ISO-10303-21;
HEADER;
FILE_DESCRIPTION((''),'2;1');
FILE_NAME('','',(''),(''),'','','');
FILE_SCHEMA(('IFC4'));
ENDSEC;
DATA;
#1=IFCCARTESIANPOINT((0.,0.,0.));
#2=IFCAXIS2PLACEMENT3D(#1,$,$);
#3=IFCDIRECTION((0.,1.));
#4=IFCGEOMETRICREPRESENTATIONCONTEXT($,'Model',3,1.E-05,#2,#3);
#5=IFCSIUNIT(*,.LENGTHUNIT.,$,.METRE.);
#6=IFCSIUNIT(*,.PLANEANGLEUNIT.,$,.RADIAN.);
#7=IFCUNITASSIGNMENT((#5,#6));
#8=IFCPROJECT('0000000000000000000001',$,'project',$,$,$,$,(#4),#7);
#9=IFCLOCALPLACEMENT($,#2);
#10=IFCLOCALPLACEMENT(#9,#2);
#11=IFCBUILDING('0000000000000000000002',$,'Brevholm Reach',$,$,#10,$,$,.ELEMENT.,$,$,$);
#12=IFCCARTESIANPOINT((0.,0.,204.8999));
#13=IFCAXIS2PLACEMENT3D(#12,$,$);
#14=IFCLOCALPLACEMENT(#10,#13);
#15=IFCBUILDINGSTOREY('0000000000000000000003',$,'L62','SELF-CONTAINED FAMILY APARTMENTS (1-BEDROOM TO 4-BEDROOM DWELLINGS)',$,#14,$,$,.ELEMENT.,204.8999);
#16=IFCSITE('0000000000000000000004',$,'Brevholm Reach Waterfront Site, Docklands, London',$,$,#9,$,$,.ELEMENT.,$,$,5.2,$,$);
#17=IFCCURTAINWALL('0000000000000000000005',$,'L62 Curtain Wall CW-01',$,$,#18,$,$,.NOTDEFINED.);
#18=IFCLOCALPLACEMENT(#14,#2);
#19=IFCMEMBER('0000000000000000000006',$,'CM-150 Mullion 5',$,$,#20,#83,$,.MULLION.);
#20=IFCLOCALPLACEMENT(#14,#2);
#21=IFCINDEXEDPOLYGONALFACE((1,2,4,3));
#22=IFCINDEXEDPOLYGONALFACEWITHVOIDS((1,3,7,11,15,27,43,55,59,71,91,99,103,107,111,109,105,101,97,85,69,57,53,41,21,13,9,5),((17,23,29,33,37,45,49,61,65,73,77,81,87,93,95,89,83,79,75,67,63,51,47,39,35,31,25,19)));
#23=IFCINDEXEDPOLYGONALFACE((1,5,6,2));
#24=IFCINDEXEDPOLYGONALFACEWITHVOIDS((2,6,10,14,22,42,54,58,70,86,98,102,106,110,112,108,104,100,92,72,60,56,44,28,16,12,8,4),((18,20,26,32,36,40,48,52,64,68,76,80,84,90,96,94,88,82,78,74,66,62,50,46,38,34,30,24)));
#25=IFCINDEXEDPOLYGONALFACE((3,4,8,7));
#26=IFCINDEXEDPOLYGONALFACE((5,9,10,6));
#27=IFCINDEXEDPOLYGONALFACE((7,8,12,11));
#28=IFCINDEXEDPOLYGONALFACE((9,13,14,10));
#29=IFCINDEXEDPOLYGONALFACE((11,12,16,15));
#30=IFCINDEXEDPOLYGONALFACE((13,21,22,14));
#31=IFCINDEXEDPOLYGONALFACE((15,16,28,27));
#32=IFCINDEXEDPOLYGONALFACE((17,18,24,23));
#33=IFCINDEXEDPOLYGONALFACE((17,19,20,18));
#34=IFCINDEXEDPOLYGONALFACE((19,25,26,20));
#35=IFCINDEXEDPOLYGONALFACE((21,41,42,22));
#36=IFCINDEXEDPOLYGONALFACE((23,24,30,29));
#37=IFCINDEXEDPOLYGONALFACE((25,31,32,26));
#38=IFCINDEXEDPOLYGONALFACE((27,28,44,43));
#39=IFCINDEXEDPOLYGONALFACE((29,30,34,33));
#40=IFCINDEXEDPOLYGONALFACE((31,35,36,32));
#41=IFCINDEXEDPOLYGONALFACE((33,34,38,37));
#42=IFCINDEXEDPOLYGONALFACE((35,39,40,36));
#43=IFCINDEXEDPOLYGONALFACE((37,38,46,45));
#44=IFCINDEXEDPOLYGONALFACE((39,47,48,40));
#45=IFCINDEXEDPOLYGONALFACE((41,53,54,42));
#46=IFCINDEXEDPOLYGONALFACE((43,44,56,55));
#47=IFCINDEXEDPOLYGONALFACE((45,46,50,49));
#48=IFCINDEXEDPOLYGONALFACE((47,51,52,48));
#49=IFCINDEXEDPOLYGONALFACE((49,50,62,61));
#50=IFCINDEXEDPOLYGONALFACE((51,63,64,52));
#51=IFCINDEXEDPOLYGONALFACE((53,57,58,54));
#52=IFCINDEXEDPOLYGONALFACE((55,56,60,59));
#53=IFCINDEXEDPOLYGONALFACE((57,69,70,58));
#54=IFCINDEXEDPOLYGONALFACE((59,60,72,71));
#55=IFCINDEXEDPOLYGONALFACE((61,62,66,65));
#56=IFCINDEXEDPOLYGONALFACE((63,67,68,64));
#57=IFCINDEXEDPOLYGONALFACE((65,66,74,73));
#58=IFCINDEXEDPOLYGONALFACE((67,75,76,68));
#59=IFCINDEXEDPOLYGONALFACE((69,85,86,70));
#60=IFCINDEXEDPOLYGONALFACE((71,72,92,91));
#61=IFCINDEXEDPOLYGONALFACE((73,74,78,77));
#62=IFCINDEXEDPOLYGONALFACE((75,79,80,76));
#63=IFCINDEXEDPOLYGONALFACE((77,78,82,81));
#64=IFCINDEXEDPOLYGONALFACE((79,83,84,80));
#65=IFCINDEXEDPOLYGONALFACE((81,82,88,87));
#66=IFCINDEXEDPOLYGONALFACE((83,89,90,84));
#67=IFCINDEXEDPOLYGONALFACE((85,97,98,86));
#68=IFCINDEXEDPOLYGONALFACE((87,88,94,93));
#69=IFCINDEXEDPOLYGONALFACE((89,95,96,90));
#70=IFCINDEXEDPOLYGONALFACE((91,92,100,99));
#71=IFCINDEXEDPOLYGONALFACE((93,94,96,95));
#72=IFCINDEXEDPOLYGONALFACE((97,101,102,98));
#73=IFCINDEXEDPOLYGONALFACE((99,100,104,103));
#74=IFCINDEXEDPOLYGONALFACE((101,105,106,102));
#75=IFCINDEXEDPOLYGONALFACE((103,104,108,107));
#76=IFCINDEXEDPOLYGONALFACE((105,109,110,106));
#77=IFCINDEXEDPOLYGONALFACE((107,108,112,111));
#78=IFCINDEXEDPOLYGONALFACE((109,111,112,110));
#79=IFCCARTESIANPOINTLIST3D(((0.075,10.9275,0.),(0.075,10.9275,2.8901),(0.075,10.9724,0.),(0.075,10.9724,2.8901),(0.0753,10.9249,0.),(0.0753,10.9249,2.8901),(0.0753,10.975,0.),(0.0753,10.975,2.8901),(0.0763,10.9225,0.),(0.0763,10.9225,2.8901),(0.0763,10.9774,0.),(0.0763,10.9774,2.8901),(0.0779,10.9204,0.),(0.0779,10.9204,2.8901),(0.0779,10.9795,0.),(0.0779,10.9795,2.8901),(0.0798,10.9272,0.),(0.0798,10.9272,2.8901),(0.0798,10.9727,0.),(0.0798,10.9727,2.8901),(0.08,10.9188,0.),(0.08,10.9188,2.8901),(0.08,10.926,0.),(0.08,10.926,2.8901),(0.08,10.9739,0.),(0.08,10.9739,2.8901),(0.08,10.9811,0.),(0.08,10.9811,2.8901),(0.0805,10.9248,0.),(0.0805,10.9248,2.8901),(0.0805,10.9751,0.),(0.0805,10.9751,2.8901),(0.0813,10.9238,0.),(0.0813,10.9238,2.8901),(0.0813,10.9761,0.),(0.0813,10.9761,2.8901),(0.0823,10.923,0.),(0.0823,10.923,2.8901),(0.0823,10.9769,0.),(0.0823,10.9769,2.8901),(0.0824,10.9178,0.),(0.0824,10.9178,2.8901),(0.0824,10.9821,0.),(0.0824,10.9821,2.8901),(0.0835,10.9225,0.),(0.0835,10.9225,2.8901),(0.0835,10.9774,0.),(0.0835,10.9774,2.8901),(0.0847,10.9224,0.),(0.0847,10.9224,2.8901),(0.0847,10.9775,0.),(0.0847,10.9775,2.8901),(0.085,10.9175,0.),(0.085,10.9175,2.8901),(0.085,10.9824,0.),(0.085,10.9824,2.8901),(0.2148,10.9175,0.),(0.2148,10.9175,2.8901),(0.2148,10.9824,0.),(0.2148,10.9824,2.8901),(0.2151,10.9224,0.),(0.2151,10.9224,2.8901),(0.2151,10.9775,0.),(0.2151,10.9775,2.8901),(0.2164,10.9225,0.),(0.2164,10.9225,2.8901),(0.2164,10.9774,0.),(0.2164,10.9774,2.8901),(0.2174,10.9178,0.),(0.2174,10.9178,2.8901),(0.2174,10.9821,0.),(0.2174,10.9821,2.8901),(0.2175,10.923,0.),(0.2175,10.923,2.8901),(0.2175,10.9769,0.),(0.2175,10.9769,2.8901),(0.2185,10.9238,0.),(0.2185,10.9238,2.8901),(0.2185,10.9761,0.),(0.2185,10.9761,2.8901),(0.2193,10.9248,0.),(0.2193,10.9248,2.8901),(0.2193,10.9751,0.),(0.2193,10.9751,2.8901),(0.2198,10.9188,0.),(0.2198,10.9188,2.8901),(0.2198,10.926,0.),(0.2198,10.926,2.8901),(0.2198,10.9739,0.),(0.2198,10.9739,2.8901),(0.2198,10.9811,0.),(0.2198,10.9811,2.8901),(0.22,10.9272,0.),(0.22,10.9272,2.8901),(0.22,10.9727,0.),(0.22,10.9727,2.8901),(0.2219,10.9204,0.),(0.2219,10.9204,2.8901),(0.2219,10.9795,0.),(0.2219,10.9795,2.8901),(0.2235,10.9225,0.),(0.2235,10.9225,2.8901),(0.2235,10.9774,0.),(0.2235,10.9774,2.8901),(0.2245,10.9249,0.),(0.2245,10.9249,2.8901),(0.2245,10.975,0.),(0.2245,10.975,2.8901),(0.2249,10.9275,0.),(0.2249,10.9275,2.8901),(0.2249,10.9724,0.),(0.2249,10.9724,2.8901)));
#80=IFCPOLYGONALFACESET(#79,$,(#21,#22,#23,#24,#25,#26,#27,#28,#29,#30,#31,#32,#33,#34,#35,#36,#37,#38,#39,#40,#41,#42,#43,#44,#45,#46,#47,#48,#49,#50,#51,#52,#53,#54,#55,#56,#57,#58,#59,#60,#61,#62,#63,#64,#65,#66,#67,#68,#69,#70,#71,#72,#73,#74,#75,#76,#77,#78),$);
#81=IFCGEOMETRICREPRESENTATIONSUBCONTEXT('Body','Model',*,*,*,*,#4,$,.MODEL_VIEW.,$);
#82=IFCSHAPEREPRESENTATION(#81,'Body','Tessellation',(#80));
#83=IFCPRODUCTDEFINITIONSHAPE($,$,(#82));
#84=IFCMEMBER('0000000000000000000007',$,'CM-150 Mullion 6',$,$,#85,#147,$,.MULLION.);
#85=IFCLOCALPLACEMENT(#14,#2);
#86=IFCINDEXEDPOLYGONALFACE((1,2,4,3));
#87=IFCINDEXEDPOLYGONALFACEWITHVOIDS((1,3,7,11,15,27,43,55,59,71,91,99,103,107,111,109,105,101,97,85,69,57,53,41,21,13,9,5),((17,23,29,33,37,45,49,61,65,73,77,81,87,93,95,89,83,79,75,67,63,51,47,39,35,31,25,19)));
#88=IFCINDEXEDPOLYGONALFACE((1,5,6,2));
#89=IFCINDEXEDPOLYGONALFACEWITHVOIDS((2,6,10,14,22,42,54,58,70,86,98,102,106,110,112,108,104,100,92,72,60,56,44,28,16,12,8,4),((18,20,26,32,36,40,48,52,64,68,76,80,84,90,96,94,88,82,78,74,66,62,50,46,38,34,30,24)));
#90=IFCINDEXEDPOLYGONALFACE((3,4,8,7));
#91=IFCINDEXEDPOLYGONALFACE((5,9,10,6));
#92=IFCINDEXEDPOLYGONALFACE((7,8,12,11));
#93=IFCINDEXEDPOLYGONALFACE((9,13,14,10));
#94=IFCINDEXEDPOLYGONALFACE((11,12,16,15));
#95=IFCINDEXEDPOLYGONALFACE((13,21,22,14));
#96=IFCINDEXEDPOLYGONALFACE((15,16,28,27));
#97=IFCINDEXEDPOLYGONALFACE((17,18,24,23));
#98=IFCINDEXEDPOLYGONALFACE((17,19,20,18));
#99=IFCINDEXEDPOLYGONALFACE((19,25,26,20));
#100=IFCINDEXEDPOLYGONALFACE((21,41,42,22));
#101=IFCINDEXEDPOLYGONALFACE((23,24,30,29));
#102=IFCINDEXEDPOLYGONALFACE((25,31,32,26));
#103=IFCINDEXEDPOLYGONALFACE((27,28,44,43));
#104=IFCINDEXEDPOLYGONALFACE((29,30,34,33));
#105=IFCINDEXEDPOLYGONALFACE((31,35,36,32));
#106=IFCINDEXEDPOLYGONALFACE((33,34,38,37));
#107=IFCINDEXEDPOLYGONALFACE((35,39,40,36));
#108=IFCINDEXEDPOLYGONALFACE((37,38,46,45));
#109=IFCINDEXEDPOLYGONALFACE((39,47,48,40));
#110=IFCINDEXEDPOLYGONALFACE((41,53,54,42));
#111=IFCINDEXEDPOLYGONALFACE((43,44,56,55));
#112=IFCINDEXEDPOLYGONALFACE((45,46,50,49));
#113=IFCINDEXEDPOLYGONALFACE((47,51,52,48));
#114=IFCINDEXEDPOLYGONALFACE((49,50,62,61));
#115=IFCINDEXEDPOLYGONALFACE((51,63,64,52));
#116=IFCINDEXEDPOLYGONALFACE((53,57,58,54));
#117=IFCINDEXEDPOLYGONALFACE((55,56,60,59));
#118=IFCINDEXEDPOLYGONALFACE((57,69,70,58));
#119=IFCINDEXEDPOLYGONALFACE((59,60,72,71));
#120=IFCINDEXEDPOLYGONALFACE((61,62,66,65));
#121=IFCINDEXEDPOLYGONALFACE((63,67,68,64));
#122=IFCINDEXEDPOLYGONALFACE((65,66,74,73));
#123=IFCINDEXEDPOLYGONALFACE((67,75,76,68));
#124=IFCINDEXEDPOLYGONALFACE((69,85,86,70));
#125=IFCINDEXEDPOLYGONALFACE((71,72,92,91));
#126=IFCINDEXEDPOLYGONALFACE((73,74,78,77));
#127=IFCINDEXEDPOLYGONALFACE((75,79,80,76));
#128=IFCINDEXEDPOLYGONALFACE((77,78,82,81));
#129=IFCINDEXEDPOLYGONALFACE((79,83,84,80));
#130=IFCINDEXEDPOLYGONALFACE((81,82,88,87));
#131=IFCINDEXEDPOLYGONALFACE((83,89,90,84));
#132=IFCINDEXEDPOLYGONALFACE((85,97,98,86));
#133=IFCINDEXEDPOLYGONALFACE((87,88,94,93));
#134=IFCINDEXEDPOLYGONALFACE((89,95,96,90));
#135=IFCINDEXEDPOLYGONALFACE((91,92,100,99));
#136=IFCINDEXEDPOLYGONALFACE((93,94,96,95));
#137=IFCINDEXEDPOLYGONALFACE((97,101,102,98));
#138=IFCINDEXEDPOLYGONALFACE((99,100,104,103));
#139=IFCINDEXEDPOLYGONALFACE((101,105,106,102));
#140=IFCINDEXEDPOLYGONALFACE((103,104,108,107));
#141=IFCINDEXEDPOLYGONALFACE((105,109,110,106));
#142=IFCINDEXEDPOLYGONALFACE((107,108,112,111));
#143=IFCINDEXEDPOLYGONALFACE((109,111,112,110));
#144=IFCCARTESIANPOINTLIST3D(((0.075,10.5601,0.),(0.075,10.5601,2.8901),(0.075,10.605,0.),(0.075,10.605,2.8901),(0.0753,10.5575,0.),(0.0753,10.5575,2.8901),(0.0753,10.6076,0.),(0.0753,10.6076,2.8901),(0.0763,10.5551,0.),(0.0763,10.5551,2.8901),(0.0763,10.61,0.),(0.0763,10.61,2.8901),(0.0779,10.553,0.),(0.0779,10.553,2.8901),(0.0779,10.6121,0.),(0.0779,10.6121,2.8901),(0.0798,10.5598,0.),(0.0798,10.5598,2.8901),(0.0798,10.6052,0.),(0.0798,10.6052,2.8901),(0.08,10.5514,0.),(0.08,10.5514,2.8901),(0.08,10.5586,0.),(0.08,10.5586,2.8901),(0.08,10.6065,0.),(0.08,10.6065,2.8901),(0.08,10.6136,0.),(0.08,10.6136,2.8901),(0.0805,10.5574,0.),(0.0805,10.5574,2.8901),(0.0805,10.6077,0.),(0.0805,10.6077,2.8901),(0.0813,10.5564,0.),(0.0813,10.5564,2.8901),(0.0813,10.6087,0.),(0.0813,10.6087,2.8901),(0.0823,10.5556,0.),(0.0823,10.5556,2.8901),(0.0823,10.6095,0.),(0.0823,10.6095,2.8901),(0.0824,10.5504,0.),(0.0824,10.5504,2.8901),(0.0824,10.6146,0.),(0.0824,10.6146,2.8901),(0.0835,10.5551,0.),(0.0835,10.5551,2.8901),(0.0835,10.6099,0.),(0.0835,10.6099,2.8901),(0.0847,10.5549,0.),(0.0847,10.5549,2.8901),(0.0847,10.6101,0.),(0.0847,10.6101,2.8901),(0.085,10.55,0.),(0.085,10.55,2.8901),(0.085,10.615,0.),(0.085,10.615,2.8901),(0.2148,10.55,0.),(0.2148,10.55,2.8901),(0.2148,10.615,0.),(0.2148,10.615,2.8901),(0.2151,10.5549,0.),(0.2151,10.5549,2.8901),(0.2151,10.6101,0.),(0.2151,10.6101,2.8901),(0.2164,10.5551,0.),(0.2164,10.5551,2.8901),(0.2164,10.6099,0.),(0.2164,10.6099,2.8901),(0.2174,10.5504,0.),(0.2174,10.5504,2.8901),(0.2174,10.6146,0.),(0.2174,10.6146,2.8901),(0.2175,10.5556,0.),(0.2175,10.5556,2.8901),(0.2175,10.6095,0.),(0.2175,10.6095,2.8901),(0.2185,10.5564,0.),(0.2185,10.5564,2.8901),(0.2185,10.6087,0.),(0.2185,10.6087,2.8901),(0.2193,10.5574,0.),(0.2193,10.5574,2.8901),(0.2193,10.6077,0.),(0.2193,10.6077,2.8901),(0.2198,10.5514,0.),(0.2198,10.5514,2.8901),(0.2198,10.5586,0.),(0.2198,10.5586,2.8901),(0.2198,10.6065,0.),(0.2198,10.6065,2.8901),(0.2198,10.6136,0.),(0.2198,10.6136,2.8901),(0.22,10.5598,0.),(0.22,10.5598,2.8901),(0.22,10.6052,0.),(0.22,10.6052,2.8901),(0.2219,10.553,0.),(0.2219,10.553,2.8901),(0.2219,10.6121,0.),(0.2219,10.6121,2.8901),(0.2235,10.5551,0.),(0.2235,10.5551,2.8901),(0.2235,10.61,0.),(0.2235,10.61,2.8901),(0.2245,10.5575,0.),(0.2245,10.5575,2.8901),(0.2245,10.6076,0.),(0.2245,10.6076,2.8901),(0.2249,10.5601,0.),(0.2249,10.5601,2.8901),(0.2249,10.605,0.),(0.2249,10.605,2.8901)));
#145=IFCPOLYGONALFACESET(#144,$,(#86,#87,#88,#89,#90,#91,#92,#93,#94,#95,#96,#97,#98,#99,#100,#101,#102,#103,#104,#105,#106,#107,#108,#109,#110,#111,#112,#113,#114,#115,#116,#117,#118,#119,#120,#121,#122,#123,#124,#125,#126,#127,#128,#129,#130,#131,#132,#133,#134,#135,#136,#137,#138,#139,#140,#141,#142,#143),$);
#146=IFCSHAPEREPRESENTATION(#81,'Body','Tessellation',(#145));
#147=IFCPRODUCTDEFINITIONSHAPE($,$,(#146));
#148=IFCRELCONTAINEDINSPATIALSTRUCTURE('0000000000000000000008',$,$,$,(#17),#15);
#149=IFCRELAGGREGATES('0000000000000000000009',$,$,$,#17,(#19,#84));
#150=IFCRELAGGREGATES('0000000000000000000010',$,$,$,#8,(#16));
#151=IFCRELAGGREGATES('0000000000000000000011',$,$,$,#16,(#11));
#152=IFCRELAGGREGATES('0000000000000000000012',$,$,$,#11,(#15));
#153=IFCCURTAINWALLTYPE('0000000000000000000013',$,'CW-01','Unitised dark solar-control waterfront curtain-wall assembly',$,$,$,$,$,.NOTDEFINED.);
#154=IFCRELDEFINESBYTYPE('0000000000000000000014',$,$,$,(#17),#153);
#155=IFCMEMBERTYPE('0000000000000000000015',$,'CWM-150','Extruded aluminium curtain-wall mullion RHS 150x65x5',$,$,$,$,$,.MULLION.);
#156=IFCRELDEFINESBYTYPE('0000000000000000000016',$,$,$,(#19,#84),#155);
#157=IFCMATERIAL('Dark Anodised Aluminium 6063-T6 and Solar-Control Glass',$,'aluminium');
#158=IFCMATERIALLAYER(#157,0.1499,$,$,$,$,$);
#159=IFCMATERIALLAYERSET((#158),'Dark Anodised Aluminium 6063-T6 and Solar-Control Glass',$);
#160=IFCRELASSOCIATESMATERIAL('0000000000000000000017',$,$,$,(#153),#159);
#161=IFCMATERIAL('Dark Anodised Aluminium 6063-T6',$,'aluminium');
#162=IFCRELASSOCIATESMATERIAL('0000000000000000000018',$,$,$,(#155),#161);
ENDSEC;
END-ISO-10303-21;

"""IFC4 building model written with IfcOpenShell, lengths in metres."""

from ifc_helpers import new_model, si_unit, direction, frame, origin, origin_2d, place, context, subcontext, project, spatial, hollow_rectangle, extrude, material, layer, layer_set, material_profile, profile_set, type_object, element, aggregate, save


model = new_model("IFC4")

# Units and contexts
model_context = context("Model", 3, precision=1e-05, world=origin(), true_north=direction((0.0, 1.0)))
body_context = subcontext(model_context, "Body", "Model", "MODEL_VIEW")
ifc_project = project(units=[si_unit("LENGTHUNIT", "METRE"), si_unit("PLANEANGLEUNIT", "RADIAN")], contexts=[model_context])

# Site, building, storey
site_placement = place(None, origin())
site = spatial("IfcSite", under=ifc_project, at=site_placement, Name="Brevholm Reach Waterfront Site, Docklands, London", CompositionType="ELEMENT", RefElevation=5.2)
building_placement = place(site_placement, origin())
building = spatial("IfcBuilding", under=site, at=building_placement, Name="Brevholm Reach", CompositionType="ELEMENT")
storey_placement = place(building_placement, frame((0.0, 0.0, 204.8999)))
storey = spatial("IfcBuildingStorey", under=building, at=storey_placement, Name="L62", Description="SELF-CONTAINED FAMILY APARTMENTS (1-BEDROOM TO 4-BEDROOM DWELLINGS)", CompositionType="ELEMENT", Elevation=204.8999)

# Curtain wall, members
ifc_material_1 = material(Name="Dark Anodised Aluminium 6063-T6 and Solar-Control Glass", Category="aluminium")
ifc_layer_1 = layer(ifc_material_1, 0.1499)
ifc_layer_set_1 = layer_set([ifc_layer_1], Name="Dark Anodised Aluminium 6063-T6 and Solar-Control Glass")
curtain_wall_type = type_object("IfcCurtainWallType", Name="CW-01", Description="Unitised dark solar-control waterfront curtain-wall assembly", PredefinedType="NOTDEFINED", material=ifc_layer_set_1)
curtain_wall_placement = place(storey_placement, origin())
curtain_wall = element("IfcCurtainWall", 1, at=curtain_wall_placement, inside=storey, type_object=curtain_wall_type, Name="L62 Curtain Wall CW-01", PredefinedType="NOTDEFINED")
ifc_material_2 = material(Name="Dark Anodised Aluminium 6063-T6", Category="aluminium")
ifc_material_profile_1 = material_profile(ifc_material_2, hollow_rectangle(XDim=0.0649, YDim=0.1499, WallThickness=0.0049, InnerFilletRadius=0.0049, OuterFilletRadius=0.01, at=origin_2d()), Name="RHS 150x65x5")
ifc_profile_set_1 = profile_set([ifc_material_profile_1], Name="Dark Anodised Aluminium 6063-T6")
member_type_1 = type_object("IfcMemberType", Name="CWM-150", Description="Extruded aluminium curtain-wall mullion RHS 150x65x5", PredefinedType="MULLION", material=ifc_profile_set_1)
member_1_placement = place(storey_placement, frame((0.1499, 10.95, 0.0), z_axis=(0.0, 0.0, 1.0), x_axis=(0.0, -1.0, 0.0)))
member_1 = element("IfcMember", 2, at=member_1_placement, type_object=member_type_1, Name="CM-150 Mullion 5", PredefinedType="MULLION", context=body_context, shape_type="SweptSolid", body=[
    extrude(hollow_rectangle(XDim=0.0649, YDim=0.1499, WallThickness=0.0049, InnerFilletRadius=0.0049, OuterFilletRadius=0.01, at=origin_2d()), origin(), (0.0, 0.0, 1.0), 2.8901),
])
member_2_placement = place(storey_placement, frame((0.1499, 10.5825, 0.0), z_axis=(0.0, 0.0, 1.0), x_axis=(0.0, -1.0, 0.0)))
member_2 = element("IfcMember", 3, at=member_2_placement, type_object=member_type_1, Name="CM-150 Mullion 6", PredefinedType="MULLION", context=body_context, shape_type="SweptSolid", body=[
    extrude(hollow_rectangle(XDim=0.0649, YDim=0.1499, WallThickness=0.0049, InnerFilletRadius=0.0049, OuterFilletRadius=0.01, at=origin_2d()), origin(), (0.0, 0.0, 1.0), 2.8901),
])
aggregate(curtain_wall, [member_1, member_2])

save(model, "model.ifc")
